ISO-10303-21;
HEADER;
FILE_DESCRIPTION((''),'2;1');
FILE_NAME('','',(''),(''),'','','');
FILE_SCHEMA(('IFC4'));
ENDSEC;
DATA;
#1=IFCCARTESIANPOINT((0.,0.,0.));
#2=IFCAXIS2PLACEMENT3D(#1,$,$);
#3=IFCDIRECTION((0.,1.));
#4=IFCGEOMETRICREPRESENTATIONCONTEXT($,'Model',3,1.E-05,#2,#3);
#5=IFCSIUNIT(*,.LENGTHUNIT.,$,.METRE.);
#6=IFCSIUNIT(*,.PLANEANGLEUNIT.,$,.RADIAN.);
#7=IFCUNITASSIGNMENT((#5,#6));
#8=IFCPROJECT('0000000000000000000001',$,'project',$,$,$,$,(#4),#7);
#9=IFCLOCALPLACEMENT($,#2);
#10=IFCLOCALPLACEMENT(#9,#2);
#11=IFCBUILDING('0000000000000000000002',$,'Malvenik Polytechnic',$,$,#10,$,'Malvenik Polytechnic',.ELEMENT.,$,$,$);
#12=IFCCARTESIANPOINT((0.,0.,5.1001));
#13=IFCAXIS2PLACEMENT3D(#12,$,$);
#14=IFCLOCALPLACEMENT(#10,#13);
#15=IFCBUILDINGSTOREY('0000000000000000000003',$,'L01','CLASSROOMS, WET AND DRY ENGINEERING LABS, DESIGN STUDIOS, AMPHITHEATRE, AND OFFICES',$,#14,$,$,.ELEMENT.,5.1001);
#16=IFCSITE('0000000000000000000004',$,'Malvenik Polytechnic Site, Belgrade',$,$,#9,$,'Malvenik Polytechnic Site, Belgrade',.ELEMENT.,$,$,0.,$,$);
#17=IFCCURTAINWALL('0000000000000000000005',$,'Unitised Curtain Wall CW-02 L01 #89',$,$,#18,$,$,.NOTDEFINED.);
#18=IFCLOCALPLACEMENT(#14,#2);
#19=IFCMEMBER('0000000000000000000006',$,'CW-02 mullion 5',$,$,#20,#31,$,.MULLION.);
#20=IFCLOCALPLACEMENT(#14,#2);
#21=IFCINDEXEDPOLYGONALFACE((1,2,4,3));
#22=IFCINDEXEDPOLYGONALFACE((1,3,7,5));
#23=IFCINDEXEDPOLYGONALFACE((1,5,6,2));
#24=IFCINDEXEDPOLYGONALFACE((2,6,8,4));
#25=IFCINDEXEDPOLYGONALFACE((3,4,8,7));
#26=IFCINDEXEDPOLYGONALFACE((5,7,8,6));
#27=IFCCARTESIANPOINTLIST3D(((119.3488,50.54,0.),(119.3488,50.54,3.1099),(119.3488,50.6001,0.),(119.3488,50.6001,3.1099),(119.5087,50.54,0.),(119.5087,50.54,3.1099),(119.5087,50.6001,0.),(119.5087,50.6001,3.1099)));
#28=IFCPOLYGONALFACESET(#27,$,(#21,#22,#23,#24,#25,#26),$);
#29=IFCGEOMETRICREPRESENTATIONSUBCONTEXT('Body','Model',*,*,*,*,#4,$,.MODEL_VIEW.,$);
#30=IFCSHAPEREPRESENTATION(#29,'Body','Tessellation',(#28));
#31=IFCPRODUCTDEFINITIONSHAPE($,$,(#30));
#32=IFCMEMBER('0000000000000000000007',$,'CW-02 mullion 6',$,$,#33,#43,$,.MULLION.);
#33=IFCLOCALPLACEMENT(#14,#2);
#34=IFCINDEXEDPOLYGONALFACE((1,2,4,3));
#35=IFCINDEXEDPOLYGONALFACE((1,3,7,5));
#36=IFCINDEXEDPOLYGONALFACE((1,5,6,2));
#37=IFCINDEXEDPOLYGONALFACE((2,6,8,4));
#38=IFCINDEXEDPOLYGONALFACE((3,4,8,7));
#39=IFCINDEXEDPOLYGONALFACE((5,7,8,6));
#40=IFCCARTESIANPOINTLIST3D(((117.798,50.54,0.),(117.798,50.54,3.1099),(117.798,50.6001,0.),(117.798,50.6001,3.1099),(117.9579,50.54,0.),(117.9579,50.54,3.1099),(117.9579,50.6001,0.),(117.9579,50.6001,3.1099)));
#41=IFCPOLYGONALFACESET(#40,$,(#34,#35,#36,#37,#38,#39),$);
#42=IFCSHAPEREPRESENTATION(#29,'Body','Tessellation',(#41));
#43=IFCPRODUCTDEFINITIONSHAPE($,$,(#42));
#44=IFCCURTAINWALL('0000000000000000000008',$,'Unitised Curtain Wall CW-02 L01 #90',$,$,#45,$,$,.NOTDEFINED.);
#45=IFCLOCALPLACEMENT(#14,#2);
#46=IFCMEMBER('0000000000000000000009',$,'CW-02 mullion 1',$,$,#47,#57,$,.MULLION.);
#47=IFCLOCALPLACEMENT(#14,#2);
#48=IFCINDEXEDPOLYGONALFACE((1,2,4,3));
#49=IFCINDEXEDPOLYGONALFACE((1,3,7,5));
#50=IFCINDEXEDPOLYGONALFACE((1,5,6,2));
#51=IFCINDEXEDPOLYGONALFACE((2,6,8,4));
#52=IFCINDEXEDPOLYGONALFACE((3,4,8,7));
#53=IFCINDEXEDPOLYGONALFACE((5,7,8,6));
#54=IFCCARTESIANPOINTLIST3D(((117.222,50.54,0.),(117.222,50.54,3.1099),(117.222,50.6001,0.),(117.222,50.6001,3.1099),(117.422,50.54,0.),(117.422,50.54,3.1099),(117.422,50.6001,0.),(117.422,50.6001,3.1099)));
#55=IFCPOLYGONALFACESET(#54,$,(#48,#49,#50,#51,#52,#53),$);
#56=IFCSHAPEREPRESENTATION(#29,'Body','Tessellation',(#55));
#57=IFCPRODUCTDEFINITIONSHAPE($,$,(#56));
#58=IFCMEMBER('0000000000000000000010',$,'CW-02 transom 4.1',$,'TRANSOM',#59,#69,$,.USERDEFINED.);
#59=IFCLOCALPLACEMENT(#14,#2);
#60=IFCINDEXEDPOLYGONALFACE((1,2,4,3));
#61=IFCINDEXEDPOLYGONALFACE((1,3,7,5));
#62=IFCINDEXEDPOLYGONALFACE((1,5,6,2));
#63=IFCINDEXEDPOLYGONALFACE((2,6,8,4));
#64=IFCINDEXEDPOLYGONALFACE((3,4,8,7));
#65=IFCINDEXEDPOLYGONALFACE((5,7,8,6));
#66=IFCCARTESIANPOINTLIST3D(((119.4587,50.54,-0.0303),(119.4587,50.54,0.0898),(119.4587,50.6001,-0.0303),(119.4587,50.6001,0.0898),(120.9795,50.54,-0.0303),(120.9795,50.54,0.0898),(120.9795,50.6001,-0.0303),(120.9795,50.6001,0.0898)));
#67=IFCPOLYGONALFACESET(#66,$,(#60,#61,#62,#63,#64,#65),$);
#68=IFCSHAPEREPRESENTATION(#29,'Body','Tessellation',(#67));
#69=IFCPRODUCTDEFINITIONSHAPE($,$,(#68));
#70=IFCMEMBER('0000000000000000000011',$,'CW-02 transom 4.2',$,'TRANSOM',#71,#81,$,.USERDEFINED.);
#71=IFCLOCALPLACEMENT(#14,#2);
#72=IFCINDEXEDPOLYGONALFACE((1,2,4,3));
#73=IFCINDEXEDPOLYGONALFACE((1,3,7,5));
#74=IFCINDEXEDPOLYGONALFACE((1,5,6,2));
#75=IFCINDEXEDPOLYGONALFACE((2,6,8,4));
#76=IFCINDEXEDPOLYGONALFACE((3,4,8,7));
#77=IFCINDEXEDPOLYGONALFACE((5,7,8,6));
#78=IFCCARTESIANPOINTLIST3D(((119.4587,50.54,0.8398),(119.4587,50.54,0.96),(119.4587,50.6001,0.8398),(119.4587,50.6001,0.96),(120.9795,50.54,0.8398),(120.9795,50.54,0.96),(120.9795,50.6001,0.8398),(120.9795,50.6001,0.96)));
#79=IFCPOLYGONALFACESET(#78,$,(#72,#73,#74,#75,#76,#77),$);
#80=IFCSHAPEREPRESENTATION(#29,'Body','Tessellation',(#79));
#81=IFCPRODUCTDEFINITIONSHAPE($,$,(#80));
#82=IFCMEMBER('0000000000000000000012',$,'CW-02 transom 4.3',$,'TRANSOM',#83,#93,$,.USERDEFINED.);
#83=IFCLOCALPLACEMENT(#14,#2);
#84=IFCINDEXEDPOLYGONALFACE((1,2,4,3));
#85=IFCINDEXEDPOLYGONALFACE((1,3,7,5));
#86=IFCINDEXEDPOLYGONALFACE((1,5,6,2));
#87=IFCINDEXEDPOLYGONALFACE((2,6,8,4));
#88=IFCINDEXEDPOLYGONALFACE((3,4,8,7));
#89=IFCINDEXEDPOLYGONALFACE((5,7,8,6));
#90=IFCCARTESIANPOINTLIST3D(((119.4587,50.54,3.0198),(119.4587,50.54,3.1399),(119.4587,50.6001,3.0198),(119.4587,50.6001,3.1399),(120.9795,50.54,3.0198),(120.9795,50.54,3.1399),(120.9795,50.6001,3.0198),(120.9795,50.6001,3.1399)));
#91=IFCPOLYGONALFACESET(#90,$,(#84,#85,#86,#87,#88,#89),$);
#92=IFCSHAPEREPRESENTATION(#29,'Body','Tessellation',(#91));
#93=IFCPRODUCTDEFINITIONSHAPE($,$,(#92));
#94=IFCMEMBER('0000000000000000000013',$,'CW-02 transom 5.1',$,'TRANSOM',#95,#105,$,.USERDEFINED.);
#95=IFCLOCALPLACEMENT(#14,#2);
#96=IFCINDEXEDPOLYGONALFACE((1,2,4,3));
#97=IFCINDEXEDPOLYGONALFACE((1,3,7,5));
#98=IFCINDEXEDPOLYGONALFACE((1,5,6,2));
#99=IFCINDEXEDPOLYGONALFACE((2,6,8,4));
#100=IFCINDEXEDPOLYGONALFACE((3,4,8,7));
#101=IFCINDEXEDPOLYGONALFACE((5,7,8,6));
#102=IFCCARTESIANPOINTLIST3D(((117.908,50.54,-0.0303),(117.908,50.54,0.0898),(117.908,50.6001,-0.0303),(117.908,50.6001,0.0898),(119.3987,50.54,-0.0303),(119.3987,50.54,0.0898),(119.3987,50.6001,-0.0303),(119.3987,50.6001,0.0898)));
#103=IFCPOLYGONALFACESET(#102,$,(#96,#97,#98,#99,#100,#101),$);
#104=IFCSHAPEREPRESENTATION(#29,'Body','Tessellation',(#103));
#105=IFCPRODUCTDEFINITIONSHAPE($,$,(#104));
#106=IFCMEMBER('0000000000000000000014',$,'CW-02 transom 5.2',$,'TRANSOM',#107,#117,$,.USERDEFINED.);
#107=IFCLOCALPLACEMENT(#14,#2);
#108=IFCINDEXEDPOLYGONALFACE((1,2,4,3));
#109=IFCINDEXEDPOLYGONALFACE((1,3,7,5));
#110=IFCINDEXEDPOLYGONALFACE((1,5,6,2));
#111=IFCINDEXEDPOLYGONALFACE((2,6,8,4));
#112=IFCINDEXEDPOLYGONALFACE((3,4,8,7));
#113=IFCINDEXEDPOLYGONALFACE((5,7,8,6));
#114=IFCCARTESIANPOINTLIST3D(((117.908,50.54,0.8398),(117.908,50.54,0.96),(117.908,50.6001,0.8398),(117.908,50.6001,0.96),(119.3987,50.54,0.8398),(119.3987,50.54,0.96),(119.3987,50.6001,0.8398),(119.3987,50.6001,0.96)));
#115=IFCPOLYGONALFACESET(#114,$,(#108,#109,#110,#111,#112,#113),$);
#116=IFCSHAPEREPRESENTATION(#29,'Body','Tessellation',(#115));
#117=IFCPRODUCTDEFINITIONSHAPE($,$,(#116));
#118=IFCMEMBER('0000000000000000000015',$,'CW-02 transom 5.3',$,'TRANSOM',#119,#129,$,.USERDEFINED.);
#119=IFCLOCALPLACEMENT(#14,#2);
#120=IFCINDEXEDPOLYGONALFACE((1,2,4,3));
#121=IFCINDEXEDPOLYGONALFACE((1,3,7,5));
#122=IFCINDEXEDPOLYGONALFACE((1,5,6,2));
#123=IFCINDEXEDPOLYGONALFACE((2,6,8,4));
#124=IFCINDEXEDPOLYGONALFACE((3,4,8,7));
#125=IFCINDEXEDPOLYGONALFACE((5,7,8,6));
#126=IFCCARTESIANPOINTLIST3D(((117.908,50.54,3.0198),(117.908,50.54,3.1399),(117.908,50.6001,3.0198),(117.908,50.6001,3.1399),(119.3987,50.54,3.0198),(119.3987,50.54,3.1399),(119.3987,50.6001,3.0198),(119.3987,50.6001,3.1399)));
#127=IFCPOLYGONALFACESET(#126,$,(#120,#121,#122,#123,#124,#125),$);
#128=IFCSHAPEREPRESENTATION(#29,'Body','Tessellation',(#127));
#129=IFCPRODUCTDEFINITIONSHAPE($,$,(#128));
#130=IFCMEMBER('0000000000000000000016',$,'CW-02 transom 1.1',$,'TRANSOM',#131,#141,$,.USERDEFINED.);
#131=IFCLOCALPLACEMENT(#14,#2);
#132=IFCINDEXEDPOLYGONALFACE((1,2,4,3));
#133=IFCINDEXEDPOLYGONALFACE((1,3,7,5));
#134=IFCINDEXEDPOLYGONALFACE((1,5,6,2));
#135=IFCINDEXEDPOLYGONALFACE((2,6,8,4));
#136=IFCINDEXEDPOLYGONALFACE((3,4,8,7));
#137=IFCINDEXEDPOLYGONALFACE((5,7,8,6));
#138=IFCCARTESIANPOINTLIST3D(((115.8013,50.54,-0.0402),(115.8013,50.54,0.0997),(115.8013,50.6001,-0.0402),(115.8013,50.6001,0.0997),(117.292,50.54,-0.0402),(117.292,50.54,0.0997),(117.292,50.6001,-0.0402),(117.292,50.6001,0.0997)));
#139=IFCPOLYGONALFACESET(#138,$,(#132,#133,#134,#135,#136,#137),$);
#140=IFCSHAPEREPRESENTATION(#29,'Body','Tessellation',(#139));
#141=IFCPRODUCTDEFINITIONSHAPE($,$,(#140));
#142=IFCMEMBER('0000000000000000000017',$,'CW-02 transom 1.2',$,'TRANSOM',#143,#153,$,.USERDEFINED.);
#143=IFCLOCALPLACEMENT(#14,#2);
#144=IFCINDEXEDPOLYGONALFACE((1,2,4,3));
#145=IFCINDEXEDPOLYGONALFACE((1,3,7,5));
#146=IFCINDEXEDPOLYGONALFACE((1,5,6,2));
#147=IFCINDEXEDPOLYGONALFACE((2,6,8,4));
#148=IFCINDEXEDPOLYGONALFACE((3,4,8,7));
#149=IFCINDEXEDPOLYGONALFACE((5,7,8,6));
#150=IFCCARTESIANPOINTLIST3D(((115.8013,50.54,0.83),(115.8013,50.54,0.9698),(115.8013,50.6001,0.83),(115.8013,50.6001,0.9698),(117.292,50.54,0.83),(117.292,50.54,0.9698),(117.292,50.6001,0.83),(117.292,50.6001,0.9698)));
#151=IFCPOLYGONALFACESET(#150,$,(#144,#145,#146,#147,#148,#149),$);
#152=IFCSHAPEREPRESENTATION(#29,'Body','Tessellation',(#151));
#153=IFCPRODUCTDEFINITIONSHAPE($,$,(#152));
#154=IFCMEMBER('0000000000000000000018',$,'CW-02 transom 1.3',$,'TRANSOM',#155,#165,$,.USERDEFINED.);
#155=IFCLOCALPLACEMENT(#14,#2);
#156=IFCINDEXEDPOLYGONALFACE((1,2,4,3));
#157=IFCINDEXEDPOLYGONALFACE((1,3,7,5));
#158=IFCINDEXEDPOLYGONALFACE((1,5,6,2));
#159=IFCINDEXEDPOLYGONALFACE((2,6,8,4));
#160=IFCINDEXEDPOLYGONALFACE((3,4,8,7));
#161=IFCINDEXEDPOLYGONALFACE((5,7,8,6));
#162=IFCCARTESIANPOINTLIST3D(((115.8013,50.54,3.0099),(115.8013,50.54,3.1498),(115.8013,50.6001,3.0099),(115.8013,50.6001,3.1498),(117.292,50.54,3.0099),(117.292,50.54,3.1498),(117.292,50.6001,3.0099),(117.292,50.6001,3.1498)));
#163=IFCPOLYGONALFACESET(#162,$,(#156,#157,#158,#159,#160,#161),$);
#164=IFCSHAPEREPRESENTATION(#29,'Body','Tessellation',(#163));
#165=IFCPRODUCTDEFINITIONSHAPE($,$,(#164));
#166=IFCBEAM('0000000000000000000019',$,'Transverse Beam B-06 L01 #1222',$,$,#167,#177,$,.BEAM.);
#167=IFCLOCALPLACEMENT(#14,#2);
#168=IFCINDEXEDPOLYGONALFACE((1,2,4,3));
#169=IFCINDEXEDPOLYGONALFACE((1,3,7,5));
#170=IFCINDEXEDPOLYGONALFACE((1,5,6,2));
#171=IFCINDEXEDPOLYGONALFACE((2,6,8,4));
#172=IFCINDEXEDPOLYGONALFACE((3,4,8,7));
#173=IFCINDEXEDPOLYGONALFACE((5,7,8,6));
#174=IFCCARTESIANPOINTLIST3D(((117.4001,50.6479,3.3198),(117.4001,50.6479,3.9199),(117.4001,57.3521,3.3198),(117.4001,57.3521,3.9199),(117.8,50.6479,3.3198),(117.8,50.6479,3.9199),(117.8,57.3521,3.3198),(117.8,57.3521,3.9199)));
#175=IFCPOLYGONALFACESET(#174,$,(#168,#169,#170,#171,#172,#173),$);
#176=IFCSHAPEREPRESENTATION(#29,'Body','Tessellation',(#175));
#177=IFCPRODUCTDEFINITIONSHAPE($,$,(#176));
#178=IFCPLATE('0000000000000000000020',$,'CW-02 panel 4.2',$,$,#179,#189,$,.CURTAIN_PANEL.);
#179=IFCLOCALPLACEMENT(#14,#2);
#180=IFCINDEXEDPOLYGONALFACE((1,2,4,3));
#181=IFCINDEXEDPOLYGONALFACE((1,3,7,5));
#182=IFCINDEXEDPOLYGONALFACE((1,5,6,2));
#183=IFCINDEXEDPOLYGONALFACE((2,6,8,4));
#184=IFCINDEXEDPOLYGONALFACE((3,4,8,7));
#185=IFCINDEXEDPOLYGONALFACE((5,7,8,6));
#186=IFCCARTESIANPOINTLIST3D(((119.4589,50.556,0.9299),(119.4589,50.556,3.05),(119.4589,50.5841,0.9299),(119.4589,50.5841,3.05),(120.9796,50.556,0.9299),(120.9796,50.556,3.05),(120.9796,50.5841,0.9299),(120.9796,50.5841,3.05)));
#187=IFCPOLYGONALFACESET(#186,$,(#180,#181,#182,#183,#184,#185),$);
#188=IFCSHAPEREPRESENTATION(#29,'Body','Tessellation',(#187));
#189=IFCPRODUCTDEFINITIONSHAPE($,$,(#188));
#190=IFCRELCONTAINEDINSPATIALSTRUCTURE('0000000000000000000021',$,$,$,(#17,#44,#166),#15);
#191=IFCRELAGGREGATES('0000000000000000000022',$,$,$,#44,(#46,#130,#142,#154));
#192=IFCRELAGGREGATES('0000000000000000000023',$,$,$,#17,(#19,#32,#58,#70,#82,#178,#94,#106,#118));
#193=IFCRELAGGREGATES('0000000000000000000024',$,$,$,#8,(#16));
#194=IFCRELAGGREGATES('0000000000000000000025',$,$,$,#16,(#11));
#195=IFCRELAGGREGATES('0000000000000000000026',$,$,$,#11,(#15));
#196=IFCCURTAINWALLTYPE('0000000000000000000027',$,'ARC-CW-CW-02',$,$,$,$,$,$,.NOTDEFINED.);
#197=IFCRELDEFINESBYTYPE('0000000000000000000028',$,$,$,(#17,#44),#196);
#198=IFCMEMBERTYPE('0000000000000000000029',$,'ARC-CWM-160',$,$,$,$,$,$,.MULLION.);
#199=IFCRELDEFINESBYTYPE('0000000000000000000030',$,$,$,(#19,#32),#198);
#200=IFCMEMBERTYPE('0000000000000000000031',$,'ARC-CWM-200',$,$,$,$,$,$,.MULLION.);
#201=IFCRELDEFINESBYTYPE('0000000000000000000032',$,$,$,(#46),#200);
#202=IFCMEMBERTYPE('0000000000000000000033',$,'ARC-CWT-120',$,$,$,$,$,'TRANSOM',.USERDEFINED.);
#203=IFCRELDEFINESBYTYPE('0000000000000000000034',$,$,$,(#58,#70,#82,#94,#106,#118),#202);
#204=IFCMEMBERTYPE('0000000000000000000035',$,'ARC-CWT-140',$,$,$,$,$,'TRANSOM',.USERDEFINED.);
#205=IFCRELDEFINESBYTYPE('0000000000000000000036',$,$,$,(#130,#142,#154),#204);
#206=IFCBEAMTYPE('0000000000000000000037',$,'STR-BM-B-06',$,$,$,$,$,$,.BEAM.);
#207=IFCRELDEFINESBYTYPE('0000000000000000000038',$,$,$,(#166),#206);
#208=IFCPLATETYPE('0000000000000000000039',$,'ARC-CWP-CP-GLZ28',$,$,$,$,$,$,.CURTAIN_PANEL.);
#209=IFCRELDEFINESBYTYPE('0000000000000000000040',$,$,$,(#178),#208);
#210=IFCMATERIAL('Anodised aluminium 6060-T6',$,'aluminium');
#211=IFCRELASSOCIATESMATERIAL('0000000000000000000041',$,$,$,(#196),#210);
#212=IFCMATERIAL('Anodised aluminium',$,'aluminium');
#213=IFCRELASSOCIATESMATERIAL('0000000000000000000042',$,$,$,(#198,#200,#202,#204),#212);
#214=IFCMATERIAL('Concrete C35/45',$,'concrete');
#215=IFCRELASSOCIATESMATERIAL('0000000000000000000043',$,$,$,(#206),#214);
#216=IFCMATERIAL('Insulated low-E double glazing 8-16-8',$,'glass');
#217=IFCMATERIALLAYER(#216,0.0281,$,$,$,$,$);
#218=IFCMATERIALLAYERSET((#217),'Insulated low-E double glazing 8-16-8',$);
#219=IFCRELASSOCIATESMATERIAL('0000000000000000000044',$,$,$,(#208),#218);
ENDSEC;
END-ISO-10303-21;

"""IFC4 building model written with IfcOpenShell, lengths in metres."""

from ifc_helpers import new_model, si_unit, direction, frame, origin, origin_2d, place, context, subcontext, project, spatial, rectangle, extrude, material, layer, layer_set, material_profile, profile_set, type_object, element, aggregate, save


model = new_model("IFC4")

# Units and contexts
model_context = context("Model", 3, precision=1e-05, world=origin(), true_north=direction((0.0, 1.0)))
body_context = subcontext(model_context, "Body", "Model", "MODEL_VIEW")
ifc_project = project(units=[si_unit("LENGTHUNIT", "METRE"), si_unit("PLANEANGLEUNIT", "RADIAN")], contexts=[model_context])

# Site, building, storey
site_placement = place(None, origin())
site = spatial("IfcSite", under=ifc_project, at=site_placement, Name="Malvenik Polytechnic Site, Belgrade", LongName="Malvenik Polytechnic Site, Belgrade", CompositionType="ELEMENT", RefElevation=0.0)
building_placement = place(site_placement, origin())
building = spatial("IfcBuilding", under=site, at=building_placement, Name="Malvenik Polytechnic", LongName="Malvenik Polytechnic", CompositionType="ELEMENT")
storey_placement = place(building_placement, frame((0.0, 0.0, 5.1001)))
storey = spatial("IfcBuildingStorey", under=building, at=storey_placement, Name="L01", Description="CLASSROOMS, WET AND DRY ENGINEERING LABS, DESIGN STUDIOS, AMPHITHEATRE, AND OFFICES", CompositionType="ELEMENT", Elevation=5.1001)

# Curtain wall, members
ifc_material_1 = material(Name="Anodised aluminium 6060-T6", Category="aluminium")
curtain_wall_type = type_object("IfcCurtainWallType", Name="ARC-CW-CW-02", PredefinedType="NOTDEFINED", material=ifc_material_1)
curtain_wall_1_placement = place(storey_placement, origin())
curtain_wall_1 = element("IfcCurtainWall", 1, at=curtain_wall_1_placement, inside=storey, type_object=curtain_wall_type, Name="Unitised Curtain Wall CW-02 L01 #89", PredefinedType="NOTDEFINED")
ifc_material_2 = material(Name="Anodised aluminium", Category="aluminium")
ifc_material_profile_1 = material_profile(ifc_material_2, rectangle(XDim=0.0601, YDim=0.1599, at=origin_2d()), Name="ALU MULLION 60x160")
ifc_profile_set_1 = profile_set([ifc_material_profile_1], Name="Anodised aluminium")
member_type_1 = type_object("IfcMemberType", Name="ARC-CWM-160", PredefinedType="MULLION", material=ifc_profile_set_1)
member_1_placement = place(storey_placement, frame((119.4287, 50.5701, 0.0), z_axis=(0.0, 0.0, 1.0), x_axis=(0.0, -1.0, 0.0)))
member_1 = element("IfcMember", 2, at=member_1_placement, type_object=member_type_1, Name="CW-02 mullion 5", PredefinedType="MULLION", context=body_context, shape_type="SweptSolid", body=[
    extrude(rectangle(XDim=0.0601, YDim=0.1599, at=origin_2d()), origin(), (0.0, 0.0, 1.0), 3.1099),
])
member_2_placement = place(storey_placement, frame((117.8779, 50.5701, 0.0), z_axis=(0.0, 0.0, 1.0), x_axis=(0.0, -1.0, 0.0)))
member_2 = element("IfcMember", 3, at=member_2_placement, type_object=member_type_1, Name="CW-02 mullion 6", PredefinedType="MULLION", context=body_context, shape_type="SweptSolid", body=[
    extrude(rectangle(XDim=0.0601, YDim=0.1599, at=origin_2d()), origin(), (0.0, 0.0, 1.0), 3.1099),
])

# Curtain wall, member
curtain_wall_2_placement = place(storey_placement, origin())
curtain_wall_2 = element("IfcCurtainWall", 4, at=curtain_wall_2_placement, inside=storey, type_object=curtain_wall_type, Name="Unitised Curtain Wall CW-02 L01 #90", PredefinedType="NOTDEFINED")
ifc_material_profile_2 = material_profile(ifc_material_2, rectangle(XDim=0.0601, YDim=0.2, at=origin_2d()), Name="ALU MULLION 60x200")
ifc_profile_set_2 = profile_set([ifc_material_profile_2], Name="Anodised aluminium")
member_type_2 = type_object("IfcMemberType", Name="ARC-CWM-200", PredefinedType="MULLION", material=ifc_profile_set_2)
member_3_placement = place(storey_placement, frame((117.322, 50.5701, 0.0), z_axis=(0.0, 0.0, 1.0), x_axis=(0.0, -1.0, 0.0)))
member_3 = element("IfcMember", 5, at=member_3_placement, type_object=member_type_2, Name="CW-02 mullion 1", PredefinedType="MULLION", context=body_context, shape_type="SweptSolid", body=[
    extrude(rectangle(XDim=0.0601, YDim=0.2, at=origin_2d()), origin(), (0.0, 0.0, 1.0), 3.1099),
])

# Members
ifc_material_profile_3 = material_profile(ifc_material_2, rectangle(XDim=0.0601, YDim=0.1201, at=origin_2d()), Name="ALU TRANSOM 60x120")
ifc_profile_set_3 = profile_set([ifc_material_profile_3], Name="Anodised aluminium")
member_type_3 = type_object("IfcMemberType", Name="ARC-CWT-120", ElementType="TRANSOM", PredefinedType="USERDEFINED", material=ifc_profile_set_3)
member_4_placement = place(storey_placement, frame((120.9795, 50.5701, 0.0298), z_axis=(-1.0, 0.0, 0.0), x_axis=(0.0, -1.0, 0.0)))
member_4 = element("IfcMember", 6, at=member_4_placement, type_object=member_type_3, Name="CW-02 transom 4.1", ObjectType="TRANSOM", PredefinedType="USERDEFINED", context=body_context, shape_type="SweptSolid", body=[
    extrude(rectangle(XDim=0.0601, YDim=0.1201, at=origin_2d()), origin(), (0.0, 0.0, 1.0), 1.5208),
])
member_5_placement = place(storey_placement, frame((120.9795, 50.5701, 0.8999), z_axis=(-1.0, 0.0, 0.0), x_axis=(0.0, -1.0, 0.0)))
member_5 = element("IfcMember", 7, at=member_5_placement, type_object=member_type_3, Name="CW-02 transom 4.2", ObjectType="TRANSOM", PredefinedType="USERDEFINED", context=body_context, shape_type="SweptSolid", body=[
    extrude(rectangle(XDim=0.0601, YDim=0.1201, at=origin_2d()), origin(), (0.0, 0.0, 1.0), 1.5208),
])
member_6_placement = place(storey_placement, frame((120.9795, 50.5701, 3.0798), z_axis=(-1.0, 0.0, 0.0), x_axis=(0.0, -1.0, 0.0)))
member_6 = element("IfcMember", 8, at=member_6_placement, type_object=member_type_3, Name="CW-02 transom 4.3", ObjectType="TRANSOM", PredefinedType="USERDEFINED", context=body_context, shape_type="SweptSolid", body=[
    extrude(rectangle(XDim=0.0601, YDim=0.1201, at=origin_2d()), origin(), (0.0, 0.0, 1.0), 1.5208),
])
member_7_placement = place(storey_placement, frame((119.3987, 50.5701, 0.0298), z_axis=(-1.0, 0.0, 0.0), x_axis=(0.0, -1.0, 0.0)))
member_7 = element("IfcMember", 9, at=member_7_placement, type_object=member_type_3, Name="CW-02 transom 5.1", ObjectType="TRANSOM", PredefinedType="USERDEFINED", context=body_context, shape_type="SweptSolid", body=[
    extrude(rectangle(XDim=0.0601, YDim=0.1201, at=origin_2d()), origin(), (0.0, 0.0, 1.0), 1.4907),
])
member_8_placement = place(storey_placement, frame((119.3987, 50.5701, 0.8999), z_axis=(-1.0, 0.0, 0.0), x_axis=(0.0, -1.0, 0.0)))
member_8 = element("IfcMember", 10, at=member_8_placement, type_object=member_type_3, Name="CW-02 transom 5.2", ObjectType="TRANSOM", PredefinedType="USERDEFINED", context=body_context, shape_type="SweptSolid", body=[
    extrude(rectangle(XDim=0.0601, YDim=0.1201, at=origin_2d()), origin(), (0.0, 0.0, 1.0), 1.4907),
])
member_9_placement = place(storey_placement, frame((119.3987, 50.5701, 3.0798), z_axis=(-1.0, 0.0, 0.0), x_axis=(0.0, -1.0, 0.0)))
member_9 = element("IfcMember", 11, at=member_9_placement, type_object=member_type_3, Name="CW-02 transom 5.3", ObjectType="TRANSOM", PredefinedType="USERDEFINED", context=body_context, shape_type="SweptSolid", body=[
    extrude(rectangle(XDim=0.0601, YDim=0.1201, at=origin_2d()), origin(), (0.0, 0.0, 1.0), 1.4907),
])
ifc_material_profile_4 = material_profile(ifc_material_2, rectangle(XDim=0.0601, YDim=0.1399, at=origin_2d()), Name="ALU TRANSOM 60x140")
ifc_profile_set_4 = profile_set([ifc_material_profile_4], Name="Anodised aluminium")
member_type_4 = type_object("IfcMemberType", Name="ARC-CWT-140", ElementType="TRANSOM", PredefinedType="USERDEFINED", material=ifc_profile_set_4)
member_10_placement = place(storey_placement, frame((117.292, 50.5701, 0.0298), z_axis=(-1.0, 0.0, 0.0), x_axis=(0.0, -1.0, 0.0)))
member_10 = element("IfcMember", 12, at=member_10_placement, type_object=member_type_4, Name="CW-02 transom 1.1", ObjectType="TRANSOM", PredefinedType="USERDEFINED", context=body_context, shape_type="SweptSolid", body=[
    extrude(rectangle(XDim=0.0601, YDim=0.1399, at=origin_2d()), origin(), (0.0, 0.0, 1.0), 1.4907),
])
member_11_placement = place(storey_placement, frame((117.292, 50.5701, 0.8999), z_axis=(-1.0, 0.0, 0.0), x_axis=(0.0, -1.0, 0.0)))
member_11 = element("IfcMember", 13, at=member_11_placement, type_object=member_type_4, Name="CW-02 transom 1.2", ObjectType="TRANSOM", PredefinedType="USERDEFINED", context=body_context, shape_type="SweptSolid", body=[
    extrude(rectangle(XDim=0.0601, YDim=0.1399, at=origin_2d()), origin(), (0.0, 0.0, 1.0), 1.4907),
])
member_12_placement = place(storey_placement, frame((117.292, 50.5701, 3.0798), z_axis=(-1.0, 0.0, 0.0), x_axis=(0.0, -1.0, 0.0)))
member_12 = element("IfcMember", 14, at=member_12_placement, type_object=member_type_4, Name="CW-02 transom 1.3", ObjectType="TRANSOM", PredefinedType="USERDEFINED", context=body_context, shape_type="SweptSolid", body=[
    extrude(rectangle(XDim=0.0601, YDim=0.1399, at=origin_2d()), origin(), (0.0, 0.0, 1.0), 1.4907),
])
aggregate(curtain_wall_2, [member_3, member_10, member_11, member_12])

# Beam
ifc_material_3 = material(Name="Concrete C35/45", Category="concrete")
ifc_material_profile_5 = material_profile(ifc_material_3, rectangle(XDim=0.3999, YDim=0.6001, at=origin_2d()), Name="RC BM 400x600")
ifc_profile_set_5 = profile_set([ifc_material_profile_5], Name="Concrete C35/45")
beam_type = type_object("IfcBeamType", Name="STR-BM-B-06", PredefinedType="BEAM", material=ifc_profile_set_5)
beam_placement = place(storey_placement, frame((117.6001, 50.6479, 3.6199), z_axis=(0.0, 1.0, 0.0), x_axis=(-1.0, 0.0, 0.0)))
element("IfcBeam", 15, at=beam_placement, inside=storey, type_object=beam_type, Name="Transverse Beam B-06 L01 #1222", PredefinedType="BEAM", context=body_context, shape_type="SweptSolid", body=[
    extrude(rectangle(XDim=0.3999, YDim=0.6001, at=origin_2d()), origin(), (0.0, 0.0, 1.0), 6.7041),
])

# Plate
ifc_material_4 = material(Name="Insulated low-E double glazing 8-16-8", Category="glass")
ifc_layer_1 = layer(ifc_material_4, 0.0281)
ifc_layer_set_1 = layer_set([ifc_layer_1], Name="Insulated low-E double glazing 8-16-8")
plate_type_1 = type_object("IfcPlateType", Name="ARC-CWP-CP-GLZ28", PredefinedType="CURTAIN_PANEL", material=ifc_layer_set_1)
plate_1_placement = place(storey_placement, frame((120.2192, 50.5701, 0.9299), z_axis=(0.0, 0.0, 1.0), x_axis=(-1.0, 0.0, 0.0)))
plate_1 = element("IfcPlate", 16, at=plate_1_placement, type_object=plate_type_1, Name="CW-02 panel 4.2", PredefinedType="CURTAIN_PANEL", context=body_context, shape_type="SweptSolid", body=[
    extrude(rectangle(XDim=1.5208, YDim=0.0281, at=origin_2d()), origin(), (0.0, 0.0, 1.0), 2.1201),
])
aggregate(curtain_wall_1, [member_1, member_2, member_4, member_5, member_6, plate_1, member_7, member_8, member_9])

save(model, "model.ifc")
